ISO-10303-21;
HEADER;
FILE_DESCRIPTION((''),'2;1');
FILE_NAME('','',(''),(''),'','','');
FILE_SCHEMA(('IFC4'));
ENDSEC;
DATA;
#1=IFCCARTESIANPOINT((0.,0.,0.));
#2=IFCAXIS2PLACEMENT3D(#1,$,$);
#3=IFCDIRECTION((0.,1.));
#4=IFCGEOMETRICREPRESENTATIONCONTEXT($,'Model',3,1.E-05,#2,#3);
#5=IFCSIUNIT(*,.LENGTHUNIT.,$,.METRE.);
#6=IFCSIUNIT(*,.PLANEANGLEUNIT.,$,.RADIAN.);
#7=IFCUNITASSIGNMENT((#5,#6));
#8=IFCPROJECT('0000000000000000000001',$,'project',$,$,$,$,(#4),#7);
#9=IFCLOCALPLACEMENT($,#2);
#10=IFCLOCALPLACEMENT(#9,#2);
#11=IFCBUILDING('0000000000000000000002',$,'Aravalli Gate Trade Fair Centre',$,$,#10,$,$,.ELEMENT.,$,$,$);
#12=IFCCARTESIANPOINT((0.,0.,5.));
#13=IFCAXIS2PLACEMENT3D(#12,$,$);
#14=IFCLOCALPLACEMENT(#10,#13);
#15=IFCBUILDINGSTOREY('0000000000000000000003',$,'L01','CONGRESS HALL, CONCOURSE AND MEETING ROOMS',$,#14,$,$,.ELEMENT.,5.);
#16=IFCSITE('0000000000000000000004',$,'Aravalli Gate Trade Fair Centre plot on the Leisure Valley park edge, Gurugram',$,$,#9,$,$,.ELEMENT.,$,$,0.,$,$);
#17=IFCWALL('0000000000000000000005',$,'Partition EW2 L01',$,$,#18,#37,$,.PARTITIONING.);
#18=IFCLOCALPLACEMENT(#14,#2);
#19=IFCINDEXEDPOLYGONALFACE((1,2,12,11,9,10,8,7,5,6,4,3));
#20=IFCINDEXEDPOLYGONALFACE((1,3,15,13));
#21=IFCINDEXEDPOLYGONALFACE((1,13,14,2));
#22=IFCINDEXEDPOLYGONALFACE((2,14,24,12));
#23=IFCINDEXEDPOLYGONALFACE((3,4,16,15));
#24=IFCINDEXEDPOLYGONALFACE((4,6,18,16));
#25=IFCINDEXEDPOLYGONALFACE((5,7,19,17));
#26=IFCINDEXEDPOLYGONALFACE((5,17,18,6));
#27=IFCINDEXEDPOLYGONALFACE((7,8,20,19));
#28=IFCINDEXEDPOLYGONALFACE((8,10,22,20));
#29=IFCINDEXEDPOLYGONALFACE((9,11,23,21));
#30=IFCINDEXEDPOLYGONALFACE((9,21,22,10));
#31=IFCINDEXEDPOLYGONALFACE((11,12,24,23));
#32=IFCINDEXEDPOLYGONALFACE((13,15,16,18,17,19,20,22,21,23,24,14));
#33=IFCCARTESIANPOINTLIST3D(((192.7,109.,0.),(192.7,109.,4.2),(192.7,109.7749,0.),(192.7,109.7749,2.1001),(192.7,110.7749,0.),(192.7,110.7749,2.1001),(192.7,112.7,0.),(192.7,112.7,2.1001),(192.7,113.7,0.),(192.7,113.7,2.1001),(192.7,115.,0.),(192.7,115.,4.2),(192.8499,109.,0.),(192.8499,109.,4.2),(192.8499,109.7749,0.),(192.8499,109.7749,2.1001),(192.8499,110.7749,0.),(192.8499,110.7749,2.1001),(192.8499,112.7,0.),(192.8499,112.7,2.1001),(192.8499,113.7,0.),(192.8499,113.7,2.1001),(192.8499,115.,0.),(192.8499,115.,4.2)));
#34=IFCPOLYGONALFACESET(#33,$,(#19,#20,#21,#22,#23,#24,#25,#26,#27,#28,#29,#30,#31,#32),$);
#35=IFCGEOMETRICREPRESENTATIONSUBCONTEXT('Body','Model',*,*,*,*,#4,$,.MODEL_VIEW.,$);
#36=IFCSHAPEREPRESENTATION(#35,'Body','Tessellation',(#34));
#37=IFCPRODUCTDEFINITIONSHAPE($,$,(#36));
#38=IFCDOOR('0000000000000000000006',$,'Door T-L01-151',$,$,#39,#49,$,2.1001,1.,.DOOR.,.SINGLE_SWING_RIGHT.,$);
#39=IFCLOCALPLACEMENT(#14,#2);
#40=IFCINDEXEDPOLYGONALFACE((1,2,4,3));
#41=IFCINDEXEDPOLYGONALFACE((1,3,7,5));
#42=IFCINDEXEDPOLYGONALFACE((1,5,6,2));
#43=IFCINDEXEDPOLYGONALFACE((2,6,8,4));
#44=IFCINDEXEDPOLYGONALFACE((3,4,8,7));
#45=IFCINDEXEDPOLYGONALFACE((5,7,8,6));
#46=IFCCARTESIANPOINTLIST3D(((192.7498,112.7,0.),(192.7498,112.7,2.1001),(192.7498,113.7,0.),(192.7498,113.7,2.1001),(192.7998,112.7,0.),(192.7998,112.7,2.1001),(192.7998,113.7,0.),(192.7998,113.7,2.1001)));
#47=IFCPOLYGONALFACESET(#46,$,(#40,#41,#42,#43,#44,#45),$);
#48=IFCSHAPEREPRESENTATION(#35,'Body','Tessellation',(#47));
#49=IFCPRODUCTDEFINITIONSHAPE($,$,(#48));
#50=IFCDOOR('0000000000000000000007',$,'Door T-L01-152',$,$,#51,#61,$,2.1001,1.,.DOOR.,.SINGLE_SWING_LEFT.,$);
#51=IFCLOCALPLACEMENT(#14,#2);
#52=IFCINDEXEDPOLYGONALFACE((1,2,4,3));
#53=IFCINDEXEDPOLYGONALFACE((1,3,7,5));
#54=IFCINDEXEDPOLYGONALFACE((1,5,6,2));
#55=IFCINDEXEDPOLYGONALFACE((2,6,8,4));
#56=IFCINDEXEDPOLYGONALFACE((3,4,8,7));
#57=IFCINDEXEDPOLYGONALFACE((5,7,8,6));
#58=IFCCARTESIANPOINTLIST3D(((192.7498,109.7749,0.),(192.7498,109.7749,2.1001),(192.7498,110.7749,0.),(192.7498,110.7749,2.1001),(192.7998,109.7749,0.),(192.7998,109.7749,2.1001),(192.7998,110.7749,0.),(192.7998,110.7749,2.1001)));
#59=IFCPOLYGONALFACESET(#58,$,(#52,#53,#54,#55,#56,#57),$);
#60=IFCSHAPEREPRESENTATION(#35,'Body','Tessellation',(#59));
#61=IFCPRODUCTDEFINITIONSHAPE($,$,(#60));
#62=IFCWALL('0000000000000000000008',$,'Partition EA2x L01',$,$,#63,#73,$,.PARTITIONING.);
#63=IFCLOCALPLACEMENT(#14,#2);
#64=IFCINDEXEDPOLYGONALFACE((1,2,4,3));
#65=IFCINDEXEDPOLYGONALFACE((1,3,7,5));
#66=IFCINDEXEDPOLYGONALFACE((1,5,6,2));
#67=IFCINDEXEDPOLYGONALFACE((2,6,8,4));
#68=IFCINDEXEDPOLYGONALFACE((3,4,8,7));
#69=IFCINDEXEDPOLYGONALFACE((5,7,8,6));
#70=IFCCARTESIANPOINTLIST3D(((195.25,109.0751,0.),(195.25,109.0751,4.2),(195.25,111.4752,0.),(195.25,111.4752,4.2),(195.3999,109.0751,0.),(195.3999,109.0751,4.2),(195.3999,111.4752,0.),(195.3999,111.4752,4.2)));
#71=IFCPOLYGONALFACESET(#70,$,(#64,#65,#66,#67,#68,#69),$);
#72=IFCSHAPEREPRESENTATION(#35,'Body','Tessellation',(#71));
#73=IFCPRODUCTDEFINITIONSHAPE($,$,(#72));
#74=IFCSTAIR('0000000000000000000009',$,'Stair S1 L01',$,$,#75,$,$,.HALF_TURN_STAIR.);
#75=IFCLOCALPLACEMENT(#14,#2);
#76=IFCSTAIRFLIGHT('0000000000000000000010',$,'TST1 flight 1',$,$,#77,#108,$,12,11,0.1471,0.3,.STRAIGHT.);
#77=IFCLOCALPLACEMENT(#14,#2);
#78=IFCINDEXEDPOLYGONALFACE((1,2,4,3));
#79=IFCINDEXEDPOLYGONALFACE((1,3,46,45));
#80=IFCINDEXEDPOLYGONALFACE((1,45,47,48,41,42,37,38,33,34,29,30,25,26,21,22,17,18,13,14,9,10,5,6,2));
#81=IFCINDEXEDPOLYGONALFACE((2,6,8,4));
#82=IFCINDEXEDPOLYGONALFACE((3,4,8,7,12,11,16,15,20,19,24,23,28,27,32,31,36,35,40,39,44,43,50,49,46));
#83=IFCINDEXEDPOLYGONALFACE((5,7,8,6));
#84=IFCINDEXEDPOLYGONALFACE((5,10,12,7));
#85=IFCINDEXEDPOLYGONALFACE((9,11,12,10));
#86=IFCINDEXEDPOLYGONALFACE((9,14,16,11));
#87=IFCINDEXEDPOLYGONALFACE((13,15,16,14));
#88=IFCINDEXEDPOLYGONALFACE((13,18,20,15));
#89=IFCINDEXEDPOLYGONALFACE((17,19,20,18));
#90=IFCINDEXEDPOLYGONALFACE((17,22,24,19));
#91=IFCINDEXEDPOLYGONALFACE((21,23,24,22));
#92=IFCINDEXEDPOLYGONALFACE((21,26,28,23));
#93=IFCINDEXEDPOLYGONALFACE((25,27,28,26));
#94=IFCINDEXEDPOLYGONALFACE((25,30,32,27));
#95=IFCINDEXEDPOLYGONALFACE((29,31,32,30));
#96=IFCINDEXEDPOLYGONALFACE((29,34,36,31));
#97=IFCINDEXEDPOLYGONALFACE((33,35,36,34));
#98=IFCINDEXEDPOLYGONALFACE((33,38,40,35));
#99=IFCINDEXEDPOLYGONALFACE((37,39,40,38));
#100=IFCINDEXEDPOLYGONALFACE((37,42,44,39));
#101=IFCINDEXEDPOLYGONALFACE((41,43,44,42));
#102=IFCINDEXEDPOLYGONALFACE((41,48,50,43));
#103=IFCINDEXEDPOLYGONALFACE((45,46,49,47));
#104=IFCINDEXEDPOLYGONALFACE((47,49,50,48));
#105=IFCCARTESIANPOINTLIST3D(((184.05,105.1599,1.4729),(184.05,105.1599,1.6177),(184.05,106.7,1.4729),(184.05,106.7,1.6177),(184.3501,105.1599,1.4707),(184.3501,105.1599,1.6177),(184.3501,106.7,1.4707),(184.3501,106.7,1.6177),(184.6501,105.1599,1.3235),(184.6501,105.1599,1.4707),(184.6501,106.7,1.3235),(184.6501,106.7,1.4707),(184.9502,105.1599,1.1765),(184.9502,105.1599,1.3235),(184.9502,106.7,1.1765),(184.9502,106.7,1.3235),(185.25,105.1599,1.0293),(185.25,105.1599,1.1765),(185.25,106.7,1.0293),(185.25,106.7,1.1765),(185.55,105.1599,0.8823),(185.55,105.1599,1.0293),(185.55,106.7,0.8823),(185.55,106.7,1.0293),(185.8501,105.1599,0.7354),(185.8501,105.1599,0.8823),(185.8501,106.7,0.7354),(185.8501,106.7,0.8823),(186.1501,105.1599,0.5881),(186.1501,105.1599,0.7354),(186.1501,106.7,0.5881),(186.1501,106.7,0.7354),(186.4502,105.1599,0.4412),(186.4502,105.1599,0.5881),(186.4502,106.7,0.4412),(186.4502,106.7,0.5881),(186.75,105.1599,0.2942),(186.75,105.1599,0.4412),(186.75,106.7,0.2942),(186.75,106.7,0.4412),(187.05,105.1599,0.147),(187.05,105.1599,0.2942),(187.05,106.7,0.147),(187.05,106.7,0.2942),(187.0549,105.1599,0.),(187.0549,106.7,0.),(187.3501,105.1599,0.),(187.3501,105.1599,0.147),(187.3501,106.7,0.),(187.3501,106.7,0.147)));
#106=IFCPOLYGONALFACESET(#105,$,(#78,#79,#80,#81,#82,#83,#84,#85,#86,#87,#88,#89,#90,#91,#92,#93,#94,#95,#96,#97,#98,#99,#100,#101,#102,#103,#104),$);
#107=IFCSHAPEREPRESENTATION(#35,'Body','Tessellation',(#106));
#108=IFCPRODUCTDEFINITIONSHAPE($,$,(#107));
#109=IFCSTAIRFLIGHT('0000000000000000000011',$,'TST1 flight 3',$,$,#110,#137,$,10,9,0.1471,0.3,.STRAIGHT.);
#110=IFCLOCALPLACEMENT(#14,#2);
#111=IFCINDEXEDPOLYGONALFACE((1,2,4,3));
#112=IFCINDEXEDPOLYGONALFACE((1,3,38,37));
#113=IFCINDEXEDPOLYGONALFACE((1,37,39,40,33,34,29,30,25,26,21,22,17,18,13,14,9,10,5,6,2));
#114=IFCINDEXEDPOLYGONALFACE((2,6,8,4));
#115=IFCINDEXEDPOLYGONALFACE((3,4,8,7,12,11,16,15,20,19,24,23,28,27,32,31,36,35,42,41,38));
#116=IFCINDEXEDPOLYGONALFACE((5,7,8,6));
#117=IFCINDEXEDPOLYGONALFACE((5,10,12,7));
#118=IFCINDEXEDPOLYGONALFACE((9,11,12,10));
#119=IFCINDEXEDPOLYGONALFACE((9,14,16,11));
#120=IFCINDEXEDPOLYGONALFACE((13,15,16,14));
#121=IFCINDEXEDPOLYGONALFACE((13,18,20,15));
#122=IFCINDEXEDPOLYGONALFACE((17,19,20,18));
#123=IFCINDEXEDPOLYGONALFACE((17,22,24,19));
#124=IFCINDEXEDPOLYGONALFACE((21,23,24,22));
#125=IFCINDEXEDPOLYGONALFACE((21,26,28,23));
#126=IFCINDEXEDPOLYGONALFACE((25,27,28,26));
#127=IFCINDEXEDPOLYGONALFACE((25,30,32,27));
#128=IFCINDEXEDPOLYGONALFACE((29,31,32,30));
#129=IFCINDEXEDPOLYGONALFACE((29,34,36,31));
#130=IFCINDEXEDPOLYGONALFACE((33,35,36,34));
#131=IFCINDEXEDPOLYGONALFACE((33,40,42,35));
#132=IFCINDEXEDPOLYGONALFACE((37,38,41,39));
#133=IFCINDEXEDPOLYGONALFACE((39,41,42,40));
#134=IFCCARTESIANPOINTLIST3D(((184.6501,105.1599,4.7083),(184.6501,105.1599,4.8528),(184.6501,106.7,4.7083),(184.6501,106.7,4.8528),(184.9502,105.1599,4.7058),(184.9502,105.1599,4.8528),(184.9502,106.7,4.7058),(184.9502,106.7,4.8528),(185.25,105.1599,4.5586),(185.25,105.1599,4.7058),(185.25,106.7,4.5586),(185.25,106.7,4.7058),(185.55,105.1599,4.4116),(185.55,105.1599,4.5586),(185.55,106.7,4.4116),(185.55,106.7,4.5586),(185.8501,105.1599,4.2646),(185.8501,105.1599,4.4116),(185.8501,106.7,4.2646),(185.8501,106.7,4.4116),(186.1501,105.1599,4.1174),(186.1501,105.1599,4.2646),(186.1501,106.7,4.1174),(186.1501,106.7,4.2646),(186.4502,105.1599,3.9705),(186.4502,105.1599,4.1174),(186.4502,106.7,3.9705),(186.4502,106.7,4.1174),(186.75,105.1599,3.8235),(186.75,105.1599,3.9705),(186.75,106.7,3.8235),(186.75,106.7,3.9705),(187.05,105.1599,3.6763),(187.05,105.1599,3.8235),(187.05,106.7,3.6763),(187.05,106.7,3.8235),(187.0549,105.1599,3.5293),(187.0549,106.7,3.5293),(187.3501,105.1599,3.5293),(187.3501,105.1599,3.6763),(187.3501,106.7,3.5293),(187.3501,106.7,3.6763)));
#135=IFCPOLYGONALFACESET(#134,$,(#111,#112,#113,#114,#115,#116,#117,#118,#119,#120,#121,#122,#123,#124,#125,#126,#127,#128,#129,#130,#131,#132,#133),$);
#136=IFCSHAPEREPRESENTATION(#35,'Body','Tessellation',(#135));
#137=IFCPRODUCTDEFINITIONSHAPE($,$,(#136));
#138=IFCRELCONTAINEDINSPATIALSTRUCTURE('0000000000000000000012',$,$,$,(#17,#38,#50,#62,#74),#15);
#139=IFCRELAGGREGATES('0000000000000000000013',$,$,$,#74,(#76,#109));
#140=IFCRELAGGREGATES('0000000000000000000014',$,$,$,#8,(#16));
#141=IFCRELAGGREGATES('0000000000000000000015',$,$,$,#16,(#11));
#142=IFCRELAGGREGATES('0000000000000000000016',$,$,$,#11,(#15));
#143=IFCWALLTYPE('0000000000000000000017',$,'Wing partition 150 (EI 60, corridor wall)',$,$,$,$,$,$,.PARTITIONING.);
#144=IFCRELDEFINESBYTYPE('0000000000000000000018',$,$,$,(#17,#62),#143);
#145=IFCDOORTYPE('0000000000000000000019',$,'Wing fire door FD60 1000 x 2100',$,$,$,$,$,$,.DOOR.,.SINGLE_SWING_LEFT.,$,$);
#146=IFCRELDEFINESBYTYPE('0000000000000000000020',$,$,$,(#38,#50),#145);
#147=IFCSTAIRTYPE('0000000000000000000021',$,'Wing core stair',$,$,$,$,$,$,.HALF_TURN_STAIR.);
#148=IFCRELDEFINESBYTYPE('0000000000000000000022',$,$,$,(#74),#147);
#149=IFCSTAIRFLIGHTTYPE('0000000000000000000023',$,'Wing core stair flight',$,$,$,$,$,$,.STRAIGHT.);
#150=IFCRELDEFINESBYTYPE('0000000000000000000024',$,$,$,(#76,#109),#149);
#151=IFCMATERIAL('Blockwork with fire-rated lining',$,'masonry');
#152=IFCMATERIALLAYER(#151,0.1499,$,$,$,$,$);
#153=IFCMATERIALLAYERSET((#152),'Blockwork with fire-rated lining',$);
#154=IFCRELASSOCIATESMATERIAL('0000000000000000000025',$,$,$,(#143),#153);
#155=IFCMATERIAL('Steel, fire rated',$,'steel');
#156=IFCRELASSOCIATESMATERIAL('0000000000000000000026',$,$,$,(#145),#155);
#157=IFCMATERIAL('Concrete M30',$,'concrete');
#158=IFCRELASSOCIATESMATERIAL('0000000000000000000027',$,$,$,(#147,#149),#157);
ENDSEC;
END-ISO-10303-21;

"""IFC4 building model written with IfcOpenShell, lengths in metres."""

from ifc_helpers import new_model, si_unit, direction, frame, frame_2d, origin, place, context, subcontext, project, spatial, polyline, rectangle, outline, extrude, material, layer, layer_set, type_object, element, fill, aggregate, save


model = new_model("IFC4")

# Units and contexts
model_context = context("Model", 3, precision=1e-05, world=origin(), true_north=direction((0.0, 1.0)))
body_context = subcontext(model_context, "Body", "Model", "MODEL_VIEW")
ifc_project = project(units=[si_unit("LENGTHUNIT", "METRE"), si_unit("PLANEANGLEUNIT", "RADIAN")], contexts=[model_context])

# Site, building, storey
site_placement = place(None, origin())
site = spatial("IfcSite", under=ifc_project, at=site_placement, Name="Aravalli Gate Trade Fair Centre plot on the Leisure Valley park edge, Gurugram", CompositionType="ELEMENT", RefElevation=0.0)
building_placement = place(site_placement, origin())
building = spatial("IfcBuilding", under=site, at=building_placement, Name="Aravalli Gate Trade Fair Centre", CompositionType="ELEMENT")
storey_placement = place(building_placement, frame((0.0, 0.0, 5.0)))
storey = spatial("IfcBuildingStorey", under=building, at=storey_placement, Name="L01", Description="CONGRESS HALL, CONCOURSE AND MEETING ROOMS", CompositionType="ELEMENT", Elevation=5.0)

# Shared definitions
ifc_material_1 = material(Name="Steel, fire rated", Category="steel")
ifc_material_2 = material(Name="Blockwork with fire-rated lining", Category="masonry")
ifc_layer_1 = layer(ifc_material_2, 0.1499)
ifc_layer_set_1 = layer_set([ifc_layer_1], Name="Blockwork with fire-rated lining")
wall_type_1 = type_object("IfcWallType", Name="Wing partition 150 (EI 60, corridor wall)", PredefinedType="PARTITIONING", material=ifc_layer_set_1)
door_type_1 = type_object("IfcDoorType", Name="Wing fire door FD60 1000 x 2100", OperationType="SINGLE_SWING_LEFT", PredefinedType="DOOR", material=ifc_material_1)

# Wall, openings, doors
wall_1_placement = place(storey_placement, frame((192.7749, 109.0, 0.0), z_axis=(0.0, 0.0, 1.0), x_axis=(0.0, 1.0, 0.0)))
wall_1 = element("IfcWall", 1, at=wall_1_placement, inside=storey, type_object=wall_type_1, Name="Partition EW2 L01", PredefinedType="PARTITIONING", context=body_context, shape_type="SweptSolid", body=[
    extrude(rectangle(XDim=6.0, YDim=0.1499, at=frame_2d((3.0, 0.0))), origin(), (0.0, 0.0, 1.0), 4.2),
])
opening_1_placement = place(wall_1_placement, frame((3.7, 0.0, 0.0)))
opening_1 = element("IfcOpeningElement", 2, at=opening_1_placement, cuts=wall_1, PredefinedType="OPENING", context=body_context, shape_type="SweptSolid", body=[
    extrude(rectangle(XDim=1.0, YDim=2.1001, at=frame_2d((0.5, 1.05))), frame((0.0, 0.085, 0.0), z_axis=(0.0, -1.0, 0.0), x_axis=(1.0, 0.0, 0.0)), (0.0, 0.0, 1.0), 0.1699),
])
opening_2_placement = place(wall_1_placement, frame((0.7749, 0.0, 0.0)))
opening_2 = element("IfcOpeningElement", 3, at=opening_2_placement, cuts=wall_1, PredefinedType="OPENING", context=body_context, shape_type="SweptSolid", body=[
    extrude(rectangle(XDim=1.0, YDim=2.1001, at=frame_2d((0.5, 1.05))), frame((0.0, 0.085, 0.0), z_axis=(0.0, -1.0, 0.0), x_axis=(1.0, 0.0, 0.0)), (0.0, 0.0, 1.0), 0.1699),
])
door_1_placement = place(opening_1_placement, frame((1.0, 0.0, 0.0), z_axis=(0.0, 0.0, 1.0), x_axis=(-1.0, 0.0, 0.0)))
door_1 = element("IfcDoor", 4, at=door_1_placement, inside=storey, type_object=door_type_1, Name="Door T-L01-151", OperationType="SINGLE_SWING_RIGHT", OverallHeight=2.1001, OverallWidth=1.0, PredefinedType="DOOR", context=body_context, shape_type="SweptSolid", body=[
    extrude(rectangle(XDim=1.0, YDim=2.1001, at=frame_2d((0.5, 1.05))), frame((0.0, 0.0249, 0.0), z_axis=(0.0, -1.0, 0.0), x_axis=(1.0, 0.0, 0.0)), (0.0, 0.0, 1.0), 0.05),
])
fill(opening_1, door_1)
door_2_placement = place(opening_2_placement, frame((1.0, 0.0, 0.0), z_axis=(0.0, 0.0, 1.0), x_axis=(-1.0, 0.0, 0.0)))
door_2 = element("IfcDoor", 5, at=door_2_placement, inside=storey, type_object=door_type_1, Name="Door T-L01-152", OperationType="SINGLE_SWING_LEFT", OverallHeight=2.1001, OverallWidth=1.0, PredefinedType="DOOR", context=body_context, shape_type="SweptSolid", body=[
    extrude(rectangle(XDim=1.0, YDim=2.1001, at=frame_2d((0.5, 1.05))), frame((0.0, 0.0249, 0.0), z_axis=(0.0, -1.0, 0.0), x_axis=(1.0, 0.0, 0.0)), (0.0, 0.0, 1.0), 0.05),
])
fill(opening_2, door_2)

# Wall
wall_2_placement = place(storey_placement, frame((195.325, 109.075, 0.0), z_axis=(0.0, 0.0, 1.0), x_axis=(0.0, 1.0, 0.0)))
element("IfcWall", 6, at=wall_2_placement, inside=storey, type_object=wall_type_1, Name="Partition EA2x L01", PredefinedType="PARTITIONING", context=body_context, shape_type="SweptSolid", body=[
    extrude(rectangle(XDim=2.4001, YDim=0.1499, at=frame_2d((1.2002, 0.0))), origin(), (0.0, 0.0, 1.0), 4.2),
])

# Stair, stair flights
ifc_material_3 = material(Name="Concrete M30", Category="concrete")
stair_type = type_object("IfcStairType", Name="Wing core stair", PredefinedType="HALF_TURN_STAIR", material=ifc_material_3)
stair_placement = place(storey_placement, origin())
stair = element("IfcStair", 7, at=stair_placement, inside=storey, type_object=stair_type, Name="Stair S1 L01", PredefinedType="HALF_TURN_STAIR")
stair_flight_type = type_object("IfcStairFlightType", Name="Wing core stair flight", PredefinedType="STRAIGHT", material=ifc_material_3)
stair_flight_1_placement = place(storey_placement, frame((187.3501, 105.9299, 0.0), z_axis=(0.0, 0.0, 1.0), x_axis=(-1.0, 0.0, 0.0)))
stair_flight_1 = element("IfcStairFlight", 8, at=stair_flight_1_placement, type_object=stair_flight_type, Name="TST1 flight 1", NumberOfRisers=12, NumberOfTreads=11, PredefinedType="STRAIGHT", RiserHeight=0.1471, TreadLength=0.3, context=body_context, shape_type="SweptSolid", body=[
    extrude(outline(polyline([(0.0, 0.0), (0.0, 0.147), (0.3, 0.147), (0.3, 0.2942), (0.6001, 0.2942), (0.6001, 0.4412), (0.8999, 0.4412), (0.8999, 0.5881), (1.2, 0.5881), (1.2, 0.7354), (1.5, 0.7354), (1.5, 0.8823), (1.8, 0.8823), (1.8, 1.0293), (2.1001, 1.0293), (2.1001, 1.1765), (2.3999, 1.1765), (2.3999, 1.3235), (2.7, 1.3235), (2.7, 1.4707), (3.0, 1.4707), (3.0, 1.6177), (3.3, 1.6177), (3.3, 1.7646), (3.3, 1.4729), (0.2952, 0.0), (0.0, 0.0)])), frame((0.0, 0.77, 0.0), z_axis=(0.0, -1.0, 0.0), x_axis=(1.0, 0.0, 0.0)), (0.0, 0.0, 1.0), 1.54),
])
stair_flight_2_placement = place(storey_placement, frame((187.3501, 105.9299, 3.5293), z_axis=(0.0, 0.0, 1.0), x_axis=(-1.0, 0.0, 0.0)))
stair_flight_2 = element("IfcStairFlight", 9, at=stair_flight_2_placement, type_object=stair_flight_type, Name="TST1 flight 3", NumberOfRisers=10, NumberOfTreads=9, PredefinedType="STRAIGHT", RiserHeight=0.1471, TreadLength=0.3, context=body_context, shape_type="SweptSolid", body=[
    extrude(outline(polyline([(0.0, 0.0), (0.0, 0.147), (0.3, 0.147), (0.3, 0.2942), (0.6001, 0.2942), (0.6001, 0.4412), (0.8999, 0.4412), (0.8999, 0.5881), (1.2, 0.5881), (1.2, 0.7354), (1.5, 0.7354), (1.5, 0.8823), (1.8, 0.8823), (1.8, 1.0293), (2.1001, 1.0293), (2.1001, 1.1765), (2.3999, 1.1765), (2.3999, 1.3235), (2.7, 1.3235), (2.7, 1.4707), (2.7, 1.179), (0.2952, 0.0), (0.0, 0.0)])), frame((0.0, 0.77, 0.0), z_axis=(0.0, -1.0, 0.0), x_axis=(1.0, 0.0, 0.0)), (0.0, 0.0, 1.0), 1.54),
])
aggregate(stair, [stair_flight_1, stair_flight_2])

save(model, "model.ifc")
